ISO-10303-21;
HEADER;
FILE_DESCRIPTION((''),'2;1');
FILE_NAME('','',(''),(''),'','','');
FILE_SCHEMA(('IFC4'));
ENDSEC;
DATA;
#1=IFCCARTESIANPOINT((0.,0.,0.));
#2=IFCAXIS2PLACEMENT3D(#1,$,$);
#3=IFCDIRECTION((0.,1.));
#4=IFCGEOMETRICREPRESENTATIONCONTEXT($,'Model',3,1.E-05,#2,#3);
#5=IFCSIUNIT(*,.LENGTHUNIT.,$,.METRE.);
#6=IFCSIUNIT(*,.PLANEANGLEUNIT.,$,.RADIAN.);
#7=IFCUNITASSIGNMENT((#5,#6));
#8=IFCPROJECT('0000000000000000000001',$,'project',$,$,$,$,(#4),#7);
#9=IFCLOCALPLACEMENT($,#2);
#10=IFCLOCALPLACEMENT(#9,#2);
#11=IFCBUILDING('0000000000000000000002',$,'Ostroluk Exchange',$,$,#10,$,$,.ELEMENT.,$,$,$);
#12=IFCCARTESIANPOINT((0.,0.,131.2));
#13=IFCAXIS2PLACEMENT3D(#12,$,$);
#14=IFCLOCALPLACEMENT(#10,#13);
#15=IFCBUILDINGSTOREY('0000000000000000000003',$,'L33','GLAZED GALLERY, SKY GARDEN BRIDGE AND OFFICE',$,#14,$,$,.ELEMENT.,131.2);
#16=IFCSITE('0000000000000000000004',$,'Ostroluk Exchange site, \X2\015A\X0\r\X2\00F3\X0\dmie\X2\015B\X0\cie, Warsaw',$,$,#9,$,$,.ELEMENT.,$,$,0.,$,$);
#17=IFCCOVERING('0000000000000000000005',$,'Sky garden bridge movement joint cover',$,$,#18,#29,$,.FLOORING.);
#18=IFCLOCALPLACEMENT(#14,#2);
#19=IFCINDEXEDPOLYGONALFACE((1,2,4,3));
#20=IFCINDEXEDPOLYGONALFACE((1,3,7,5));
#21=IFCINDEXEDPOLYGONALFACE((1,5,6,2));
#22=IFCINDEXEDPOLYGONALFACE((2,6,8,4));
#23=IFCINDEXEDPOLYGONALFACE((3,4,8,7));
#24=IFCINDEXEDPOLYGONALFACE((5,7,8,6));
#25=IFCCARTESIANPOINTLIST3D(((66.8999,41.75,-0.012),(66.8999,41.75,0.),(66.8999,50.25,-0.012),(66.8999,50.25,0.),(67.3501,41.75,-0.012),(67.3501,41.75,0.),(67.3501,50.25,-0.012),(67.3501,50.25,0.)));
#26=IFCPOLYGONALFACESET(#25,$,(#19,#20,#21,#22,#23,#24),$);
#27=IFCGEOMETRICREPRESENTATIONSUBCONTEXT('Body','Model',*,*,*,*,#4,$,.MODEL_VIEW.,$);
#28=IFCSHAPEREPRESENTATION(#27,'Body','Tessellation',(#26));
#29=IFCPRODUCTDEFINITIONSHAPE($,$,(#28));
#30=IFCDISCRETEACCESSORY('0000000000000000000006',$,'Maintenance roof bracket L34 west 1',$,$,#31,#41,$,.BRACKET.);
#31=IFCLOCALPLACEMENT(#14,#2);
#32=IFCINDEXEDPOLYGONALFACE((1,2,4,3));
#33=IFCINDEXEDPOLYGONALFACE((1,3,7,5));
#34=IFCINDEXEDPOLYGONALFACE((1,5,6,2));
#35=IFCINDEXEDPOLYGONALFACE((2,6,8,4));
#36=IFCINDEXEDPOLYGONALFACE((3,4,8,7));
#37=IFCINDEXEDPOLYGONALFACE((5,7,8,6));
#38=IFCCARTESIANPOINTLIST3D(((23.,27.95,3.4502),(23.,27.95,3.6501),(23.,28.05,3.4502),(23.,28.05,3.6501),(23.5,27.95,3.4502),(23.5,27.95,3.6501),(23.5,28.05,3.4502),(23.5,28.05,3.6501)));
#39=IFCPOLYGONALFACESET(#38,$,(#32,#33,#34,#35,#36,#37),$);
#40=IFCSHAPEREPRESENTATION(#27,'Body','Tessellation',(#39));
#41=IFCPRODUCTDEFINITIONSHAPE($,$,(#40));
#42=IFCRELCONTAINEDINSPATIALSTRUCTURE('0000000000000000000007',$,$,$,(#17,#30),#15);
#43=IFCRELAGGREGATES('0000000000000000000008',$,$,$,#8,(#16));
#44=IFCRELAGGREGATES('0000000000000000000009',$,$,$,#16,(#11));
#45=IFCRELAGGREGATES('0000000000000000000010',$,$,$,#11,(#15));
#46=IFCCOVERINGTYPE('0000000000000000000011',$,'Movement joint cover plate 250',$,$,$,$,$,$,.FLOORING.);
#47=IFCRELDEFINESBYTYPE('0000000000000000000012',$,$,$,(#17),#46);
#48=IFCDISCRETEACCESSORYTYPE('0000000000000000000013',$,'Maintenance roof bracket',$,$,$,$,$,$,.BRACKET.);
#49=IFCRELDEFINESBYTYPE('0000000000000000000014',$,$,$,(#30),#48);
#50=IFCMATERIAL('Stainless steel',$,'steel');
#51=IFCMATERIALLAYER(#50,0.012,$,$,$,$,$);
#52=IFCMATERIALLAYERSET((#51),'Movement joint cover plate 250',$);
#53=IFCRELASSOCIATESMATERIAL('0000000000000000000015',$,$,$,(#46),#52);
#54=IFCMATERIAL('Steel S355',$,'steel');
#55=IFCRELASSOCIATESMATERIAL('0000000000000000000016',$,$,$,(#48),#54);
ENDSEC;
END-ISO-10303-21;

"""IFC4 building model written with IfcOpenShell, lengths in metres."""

from ifc_helpers import new_model, si_unit, direction, frame, origin, origin_2d, place, context, subcontext, project, spatial, polyline, rectangle, outline, extrude, material, layer, layer_set, type_object, element, save


model = new_model("IFC4")

# Units and contexts
model_context = context("Model", 3, precision=1e-05, world=origin(), true_north=direction((0.0, 1.0)))
body_context = subcontext(model_context, "Body", "Model", "MODEL_VIEW")
ifc_project = project(units=[si_unit("LENGTHUNIT", "METRE"), si_unit("PLANEANGLEUNIT", "RADIAN")], contexts=[model_context])

# Site, building, storey
site_placement = place(None, origin())
site = spatial("IfcSite", under=ifc_project, at=site_placement, Name="Ostroluk Exchange site, Śródmieście, Warsaw", CompositionType="ELEMENT", RefElevation=0.0)
building_placement = place(site_placement, origin())
building = spatial("IfcBuilding", under=site, at=building_placement, Name="Ostroluk Exchange", CompositionType="ELEMENT")
storey_placement = place(building_placement, frame((0.0, 0.0, 131.2)))
storey = spatial("IfcBuildingStorey", under=building, at=storey_placement, Name="L33", Description="GLAZED GALLERY, SKY GARDEN BRIDGE AND OFFICE", CompositionType="ELEMENT", Elevation=131.2)

# Covering
ifc_material_1 = material(Name="Stainless steel", Category="steel")
ifc_layer_1 = layer(ifc_material_1, 0.012)
ifc_layer_set_1 = layer_set([ifc_layer_1], Name="Movement joint cover plate 250")
covering_type_1 = type_object("IfcCoveringType", Name="Movement joint cover plate 250", PredefinedType="FLOORING", material=ifc_layer_set_1)
covering_1_placement = place(storey_placement, frame((0.0, 0.0, -0.012)))
element("IfcCovering", 1, at=covering_1_placement, inside=storey, type_object=covering_type_1, Name="Sky garden bridge movement joint cover", PredefinedType="FLOORING", context=body_context, shape_type="SweptSolid", body=[
    extrude(outline(polyline([(66.8999, 41.75), (67.3501, 41.75), (67.3501, 50.25), (66.8999, 50.25), (66.8999, 41.75)])), origin(), (0.0, 0.0, 1.0), 0.012),
])

# Discrete accessory
ifc_material_2 = material(Name="Steel S355", Category="steel")
discrete_accessory_type = type_object("IfcDiscreteAccessoryType", Name="Maintenance roof bracket", PredefinedType="BRACKET", material=ifc_material_2)
discrete_accessory_placement = place(storey_placement, frame((23.25, 28.0, 3.4502), z_axis=(0.0, 0.0, 1.0), x_axis=(1.0, 0.0, 0.0)))
element("IfcDiscreteAccessory", 2, at=discrete_accessory_placement, inside=storey, type_object=discrete_accessory_type, Name="Maintenance roof bracket L34 west 1", PredefinedType="BRACKET", context=body_context, shape_type="SweptSolid", body=[
    extrude(rectangle(XDim=0.5, YDim=0.1001, at=origin_2d()), origin(), (0.0, 0.0, 1.0), 0.2),
])

save(model, "model.ifc")
